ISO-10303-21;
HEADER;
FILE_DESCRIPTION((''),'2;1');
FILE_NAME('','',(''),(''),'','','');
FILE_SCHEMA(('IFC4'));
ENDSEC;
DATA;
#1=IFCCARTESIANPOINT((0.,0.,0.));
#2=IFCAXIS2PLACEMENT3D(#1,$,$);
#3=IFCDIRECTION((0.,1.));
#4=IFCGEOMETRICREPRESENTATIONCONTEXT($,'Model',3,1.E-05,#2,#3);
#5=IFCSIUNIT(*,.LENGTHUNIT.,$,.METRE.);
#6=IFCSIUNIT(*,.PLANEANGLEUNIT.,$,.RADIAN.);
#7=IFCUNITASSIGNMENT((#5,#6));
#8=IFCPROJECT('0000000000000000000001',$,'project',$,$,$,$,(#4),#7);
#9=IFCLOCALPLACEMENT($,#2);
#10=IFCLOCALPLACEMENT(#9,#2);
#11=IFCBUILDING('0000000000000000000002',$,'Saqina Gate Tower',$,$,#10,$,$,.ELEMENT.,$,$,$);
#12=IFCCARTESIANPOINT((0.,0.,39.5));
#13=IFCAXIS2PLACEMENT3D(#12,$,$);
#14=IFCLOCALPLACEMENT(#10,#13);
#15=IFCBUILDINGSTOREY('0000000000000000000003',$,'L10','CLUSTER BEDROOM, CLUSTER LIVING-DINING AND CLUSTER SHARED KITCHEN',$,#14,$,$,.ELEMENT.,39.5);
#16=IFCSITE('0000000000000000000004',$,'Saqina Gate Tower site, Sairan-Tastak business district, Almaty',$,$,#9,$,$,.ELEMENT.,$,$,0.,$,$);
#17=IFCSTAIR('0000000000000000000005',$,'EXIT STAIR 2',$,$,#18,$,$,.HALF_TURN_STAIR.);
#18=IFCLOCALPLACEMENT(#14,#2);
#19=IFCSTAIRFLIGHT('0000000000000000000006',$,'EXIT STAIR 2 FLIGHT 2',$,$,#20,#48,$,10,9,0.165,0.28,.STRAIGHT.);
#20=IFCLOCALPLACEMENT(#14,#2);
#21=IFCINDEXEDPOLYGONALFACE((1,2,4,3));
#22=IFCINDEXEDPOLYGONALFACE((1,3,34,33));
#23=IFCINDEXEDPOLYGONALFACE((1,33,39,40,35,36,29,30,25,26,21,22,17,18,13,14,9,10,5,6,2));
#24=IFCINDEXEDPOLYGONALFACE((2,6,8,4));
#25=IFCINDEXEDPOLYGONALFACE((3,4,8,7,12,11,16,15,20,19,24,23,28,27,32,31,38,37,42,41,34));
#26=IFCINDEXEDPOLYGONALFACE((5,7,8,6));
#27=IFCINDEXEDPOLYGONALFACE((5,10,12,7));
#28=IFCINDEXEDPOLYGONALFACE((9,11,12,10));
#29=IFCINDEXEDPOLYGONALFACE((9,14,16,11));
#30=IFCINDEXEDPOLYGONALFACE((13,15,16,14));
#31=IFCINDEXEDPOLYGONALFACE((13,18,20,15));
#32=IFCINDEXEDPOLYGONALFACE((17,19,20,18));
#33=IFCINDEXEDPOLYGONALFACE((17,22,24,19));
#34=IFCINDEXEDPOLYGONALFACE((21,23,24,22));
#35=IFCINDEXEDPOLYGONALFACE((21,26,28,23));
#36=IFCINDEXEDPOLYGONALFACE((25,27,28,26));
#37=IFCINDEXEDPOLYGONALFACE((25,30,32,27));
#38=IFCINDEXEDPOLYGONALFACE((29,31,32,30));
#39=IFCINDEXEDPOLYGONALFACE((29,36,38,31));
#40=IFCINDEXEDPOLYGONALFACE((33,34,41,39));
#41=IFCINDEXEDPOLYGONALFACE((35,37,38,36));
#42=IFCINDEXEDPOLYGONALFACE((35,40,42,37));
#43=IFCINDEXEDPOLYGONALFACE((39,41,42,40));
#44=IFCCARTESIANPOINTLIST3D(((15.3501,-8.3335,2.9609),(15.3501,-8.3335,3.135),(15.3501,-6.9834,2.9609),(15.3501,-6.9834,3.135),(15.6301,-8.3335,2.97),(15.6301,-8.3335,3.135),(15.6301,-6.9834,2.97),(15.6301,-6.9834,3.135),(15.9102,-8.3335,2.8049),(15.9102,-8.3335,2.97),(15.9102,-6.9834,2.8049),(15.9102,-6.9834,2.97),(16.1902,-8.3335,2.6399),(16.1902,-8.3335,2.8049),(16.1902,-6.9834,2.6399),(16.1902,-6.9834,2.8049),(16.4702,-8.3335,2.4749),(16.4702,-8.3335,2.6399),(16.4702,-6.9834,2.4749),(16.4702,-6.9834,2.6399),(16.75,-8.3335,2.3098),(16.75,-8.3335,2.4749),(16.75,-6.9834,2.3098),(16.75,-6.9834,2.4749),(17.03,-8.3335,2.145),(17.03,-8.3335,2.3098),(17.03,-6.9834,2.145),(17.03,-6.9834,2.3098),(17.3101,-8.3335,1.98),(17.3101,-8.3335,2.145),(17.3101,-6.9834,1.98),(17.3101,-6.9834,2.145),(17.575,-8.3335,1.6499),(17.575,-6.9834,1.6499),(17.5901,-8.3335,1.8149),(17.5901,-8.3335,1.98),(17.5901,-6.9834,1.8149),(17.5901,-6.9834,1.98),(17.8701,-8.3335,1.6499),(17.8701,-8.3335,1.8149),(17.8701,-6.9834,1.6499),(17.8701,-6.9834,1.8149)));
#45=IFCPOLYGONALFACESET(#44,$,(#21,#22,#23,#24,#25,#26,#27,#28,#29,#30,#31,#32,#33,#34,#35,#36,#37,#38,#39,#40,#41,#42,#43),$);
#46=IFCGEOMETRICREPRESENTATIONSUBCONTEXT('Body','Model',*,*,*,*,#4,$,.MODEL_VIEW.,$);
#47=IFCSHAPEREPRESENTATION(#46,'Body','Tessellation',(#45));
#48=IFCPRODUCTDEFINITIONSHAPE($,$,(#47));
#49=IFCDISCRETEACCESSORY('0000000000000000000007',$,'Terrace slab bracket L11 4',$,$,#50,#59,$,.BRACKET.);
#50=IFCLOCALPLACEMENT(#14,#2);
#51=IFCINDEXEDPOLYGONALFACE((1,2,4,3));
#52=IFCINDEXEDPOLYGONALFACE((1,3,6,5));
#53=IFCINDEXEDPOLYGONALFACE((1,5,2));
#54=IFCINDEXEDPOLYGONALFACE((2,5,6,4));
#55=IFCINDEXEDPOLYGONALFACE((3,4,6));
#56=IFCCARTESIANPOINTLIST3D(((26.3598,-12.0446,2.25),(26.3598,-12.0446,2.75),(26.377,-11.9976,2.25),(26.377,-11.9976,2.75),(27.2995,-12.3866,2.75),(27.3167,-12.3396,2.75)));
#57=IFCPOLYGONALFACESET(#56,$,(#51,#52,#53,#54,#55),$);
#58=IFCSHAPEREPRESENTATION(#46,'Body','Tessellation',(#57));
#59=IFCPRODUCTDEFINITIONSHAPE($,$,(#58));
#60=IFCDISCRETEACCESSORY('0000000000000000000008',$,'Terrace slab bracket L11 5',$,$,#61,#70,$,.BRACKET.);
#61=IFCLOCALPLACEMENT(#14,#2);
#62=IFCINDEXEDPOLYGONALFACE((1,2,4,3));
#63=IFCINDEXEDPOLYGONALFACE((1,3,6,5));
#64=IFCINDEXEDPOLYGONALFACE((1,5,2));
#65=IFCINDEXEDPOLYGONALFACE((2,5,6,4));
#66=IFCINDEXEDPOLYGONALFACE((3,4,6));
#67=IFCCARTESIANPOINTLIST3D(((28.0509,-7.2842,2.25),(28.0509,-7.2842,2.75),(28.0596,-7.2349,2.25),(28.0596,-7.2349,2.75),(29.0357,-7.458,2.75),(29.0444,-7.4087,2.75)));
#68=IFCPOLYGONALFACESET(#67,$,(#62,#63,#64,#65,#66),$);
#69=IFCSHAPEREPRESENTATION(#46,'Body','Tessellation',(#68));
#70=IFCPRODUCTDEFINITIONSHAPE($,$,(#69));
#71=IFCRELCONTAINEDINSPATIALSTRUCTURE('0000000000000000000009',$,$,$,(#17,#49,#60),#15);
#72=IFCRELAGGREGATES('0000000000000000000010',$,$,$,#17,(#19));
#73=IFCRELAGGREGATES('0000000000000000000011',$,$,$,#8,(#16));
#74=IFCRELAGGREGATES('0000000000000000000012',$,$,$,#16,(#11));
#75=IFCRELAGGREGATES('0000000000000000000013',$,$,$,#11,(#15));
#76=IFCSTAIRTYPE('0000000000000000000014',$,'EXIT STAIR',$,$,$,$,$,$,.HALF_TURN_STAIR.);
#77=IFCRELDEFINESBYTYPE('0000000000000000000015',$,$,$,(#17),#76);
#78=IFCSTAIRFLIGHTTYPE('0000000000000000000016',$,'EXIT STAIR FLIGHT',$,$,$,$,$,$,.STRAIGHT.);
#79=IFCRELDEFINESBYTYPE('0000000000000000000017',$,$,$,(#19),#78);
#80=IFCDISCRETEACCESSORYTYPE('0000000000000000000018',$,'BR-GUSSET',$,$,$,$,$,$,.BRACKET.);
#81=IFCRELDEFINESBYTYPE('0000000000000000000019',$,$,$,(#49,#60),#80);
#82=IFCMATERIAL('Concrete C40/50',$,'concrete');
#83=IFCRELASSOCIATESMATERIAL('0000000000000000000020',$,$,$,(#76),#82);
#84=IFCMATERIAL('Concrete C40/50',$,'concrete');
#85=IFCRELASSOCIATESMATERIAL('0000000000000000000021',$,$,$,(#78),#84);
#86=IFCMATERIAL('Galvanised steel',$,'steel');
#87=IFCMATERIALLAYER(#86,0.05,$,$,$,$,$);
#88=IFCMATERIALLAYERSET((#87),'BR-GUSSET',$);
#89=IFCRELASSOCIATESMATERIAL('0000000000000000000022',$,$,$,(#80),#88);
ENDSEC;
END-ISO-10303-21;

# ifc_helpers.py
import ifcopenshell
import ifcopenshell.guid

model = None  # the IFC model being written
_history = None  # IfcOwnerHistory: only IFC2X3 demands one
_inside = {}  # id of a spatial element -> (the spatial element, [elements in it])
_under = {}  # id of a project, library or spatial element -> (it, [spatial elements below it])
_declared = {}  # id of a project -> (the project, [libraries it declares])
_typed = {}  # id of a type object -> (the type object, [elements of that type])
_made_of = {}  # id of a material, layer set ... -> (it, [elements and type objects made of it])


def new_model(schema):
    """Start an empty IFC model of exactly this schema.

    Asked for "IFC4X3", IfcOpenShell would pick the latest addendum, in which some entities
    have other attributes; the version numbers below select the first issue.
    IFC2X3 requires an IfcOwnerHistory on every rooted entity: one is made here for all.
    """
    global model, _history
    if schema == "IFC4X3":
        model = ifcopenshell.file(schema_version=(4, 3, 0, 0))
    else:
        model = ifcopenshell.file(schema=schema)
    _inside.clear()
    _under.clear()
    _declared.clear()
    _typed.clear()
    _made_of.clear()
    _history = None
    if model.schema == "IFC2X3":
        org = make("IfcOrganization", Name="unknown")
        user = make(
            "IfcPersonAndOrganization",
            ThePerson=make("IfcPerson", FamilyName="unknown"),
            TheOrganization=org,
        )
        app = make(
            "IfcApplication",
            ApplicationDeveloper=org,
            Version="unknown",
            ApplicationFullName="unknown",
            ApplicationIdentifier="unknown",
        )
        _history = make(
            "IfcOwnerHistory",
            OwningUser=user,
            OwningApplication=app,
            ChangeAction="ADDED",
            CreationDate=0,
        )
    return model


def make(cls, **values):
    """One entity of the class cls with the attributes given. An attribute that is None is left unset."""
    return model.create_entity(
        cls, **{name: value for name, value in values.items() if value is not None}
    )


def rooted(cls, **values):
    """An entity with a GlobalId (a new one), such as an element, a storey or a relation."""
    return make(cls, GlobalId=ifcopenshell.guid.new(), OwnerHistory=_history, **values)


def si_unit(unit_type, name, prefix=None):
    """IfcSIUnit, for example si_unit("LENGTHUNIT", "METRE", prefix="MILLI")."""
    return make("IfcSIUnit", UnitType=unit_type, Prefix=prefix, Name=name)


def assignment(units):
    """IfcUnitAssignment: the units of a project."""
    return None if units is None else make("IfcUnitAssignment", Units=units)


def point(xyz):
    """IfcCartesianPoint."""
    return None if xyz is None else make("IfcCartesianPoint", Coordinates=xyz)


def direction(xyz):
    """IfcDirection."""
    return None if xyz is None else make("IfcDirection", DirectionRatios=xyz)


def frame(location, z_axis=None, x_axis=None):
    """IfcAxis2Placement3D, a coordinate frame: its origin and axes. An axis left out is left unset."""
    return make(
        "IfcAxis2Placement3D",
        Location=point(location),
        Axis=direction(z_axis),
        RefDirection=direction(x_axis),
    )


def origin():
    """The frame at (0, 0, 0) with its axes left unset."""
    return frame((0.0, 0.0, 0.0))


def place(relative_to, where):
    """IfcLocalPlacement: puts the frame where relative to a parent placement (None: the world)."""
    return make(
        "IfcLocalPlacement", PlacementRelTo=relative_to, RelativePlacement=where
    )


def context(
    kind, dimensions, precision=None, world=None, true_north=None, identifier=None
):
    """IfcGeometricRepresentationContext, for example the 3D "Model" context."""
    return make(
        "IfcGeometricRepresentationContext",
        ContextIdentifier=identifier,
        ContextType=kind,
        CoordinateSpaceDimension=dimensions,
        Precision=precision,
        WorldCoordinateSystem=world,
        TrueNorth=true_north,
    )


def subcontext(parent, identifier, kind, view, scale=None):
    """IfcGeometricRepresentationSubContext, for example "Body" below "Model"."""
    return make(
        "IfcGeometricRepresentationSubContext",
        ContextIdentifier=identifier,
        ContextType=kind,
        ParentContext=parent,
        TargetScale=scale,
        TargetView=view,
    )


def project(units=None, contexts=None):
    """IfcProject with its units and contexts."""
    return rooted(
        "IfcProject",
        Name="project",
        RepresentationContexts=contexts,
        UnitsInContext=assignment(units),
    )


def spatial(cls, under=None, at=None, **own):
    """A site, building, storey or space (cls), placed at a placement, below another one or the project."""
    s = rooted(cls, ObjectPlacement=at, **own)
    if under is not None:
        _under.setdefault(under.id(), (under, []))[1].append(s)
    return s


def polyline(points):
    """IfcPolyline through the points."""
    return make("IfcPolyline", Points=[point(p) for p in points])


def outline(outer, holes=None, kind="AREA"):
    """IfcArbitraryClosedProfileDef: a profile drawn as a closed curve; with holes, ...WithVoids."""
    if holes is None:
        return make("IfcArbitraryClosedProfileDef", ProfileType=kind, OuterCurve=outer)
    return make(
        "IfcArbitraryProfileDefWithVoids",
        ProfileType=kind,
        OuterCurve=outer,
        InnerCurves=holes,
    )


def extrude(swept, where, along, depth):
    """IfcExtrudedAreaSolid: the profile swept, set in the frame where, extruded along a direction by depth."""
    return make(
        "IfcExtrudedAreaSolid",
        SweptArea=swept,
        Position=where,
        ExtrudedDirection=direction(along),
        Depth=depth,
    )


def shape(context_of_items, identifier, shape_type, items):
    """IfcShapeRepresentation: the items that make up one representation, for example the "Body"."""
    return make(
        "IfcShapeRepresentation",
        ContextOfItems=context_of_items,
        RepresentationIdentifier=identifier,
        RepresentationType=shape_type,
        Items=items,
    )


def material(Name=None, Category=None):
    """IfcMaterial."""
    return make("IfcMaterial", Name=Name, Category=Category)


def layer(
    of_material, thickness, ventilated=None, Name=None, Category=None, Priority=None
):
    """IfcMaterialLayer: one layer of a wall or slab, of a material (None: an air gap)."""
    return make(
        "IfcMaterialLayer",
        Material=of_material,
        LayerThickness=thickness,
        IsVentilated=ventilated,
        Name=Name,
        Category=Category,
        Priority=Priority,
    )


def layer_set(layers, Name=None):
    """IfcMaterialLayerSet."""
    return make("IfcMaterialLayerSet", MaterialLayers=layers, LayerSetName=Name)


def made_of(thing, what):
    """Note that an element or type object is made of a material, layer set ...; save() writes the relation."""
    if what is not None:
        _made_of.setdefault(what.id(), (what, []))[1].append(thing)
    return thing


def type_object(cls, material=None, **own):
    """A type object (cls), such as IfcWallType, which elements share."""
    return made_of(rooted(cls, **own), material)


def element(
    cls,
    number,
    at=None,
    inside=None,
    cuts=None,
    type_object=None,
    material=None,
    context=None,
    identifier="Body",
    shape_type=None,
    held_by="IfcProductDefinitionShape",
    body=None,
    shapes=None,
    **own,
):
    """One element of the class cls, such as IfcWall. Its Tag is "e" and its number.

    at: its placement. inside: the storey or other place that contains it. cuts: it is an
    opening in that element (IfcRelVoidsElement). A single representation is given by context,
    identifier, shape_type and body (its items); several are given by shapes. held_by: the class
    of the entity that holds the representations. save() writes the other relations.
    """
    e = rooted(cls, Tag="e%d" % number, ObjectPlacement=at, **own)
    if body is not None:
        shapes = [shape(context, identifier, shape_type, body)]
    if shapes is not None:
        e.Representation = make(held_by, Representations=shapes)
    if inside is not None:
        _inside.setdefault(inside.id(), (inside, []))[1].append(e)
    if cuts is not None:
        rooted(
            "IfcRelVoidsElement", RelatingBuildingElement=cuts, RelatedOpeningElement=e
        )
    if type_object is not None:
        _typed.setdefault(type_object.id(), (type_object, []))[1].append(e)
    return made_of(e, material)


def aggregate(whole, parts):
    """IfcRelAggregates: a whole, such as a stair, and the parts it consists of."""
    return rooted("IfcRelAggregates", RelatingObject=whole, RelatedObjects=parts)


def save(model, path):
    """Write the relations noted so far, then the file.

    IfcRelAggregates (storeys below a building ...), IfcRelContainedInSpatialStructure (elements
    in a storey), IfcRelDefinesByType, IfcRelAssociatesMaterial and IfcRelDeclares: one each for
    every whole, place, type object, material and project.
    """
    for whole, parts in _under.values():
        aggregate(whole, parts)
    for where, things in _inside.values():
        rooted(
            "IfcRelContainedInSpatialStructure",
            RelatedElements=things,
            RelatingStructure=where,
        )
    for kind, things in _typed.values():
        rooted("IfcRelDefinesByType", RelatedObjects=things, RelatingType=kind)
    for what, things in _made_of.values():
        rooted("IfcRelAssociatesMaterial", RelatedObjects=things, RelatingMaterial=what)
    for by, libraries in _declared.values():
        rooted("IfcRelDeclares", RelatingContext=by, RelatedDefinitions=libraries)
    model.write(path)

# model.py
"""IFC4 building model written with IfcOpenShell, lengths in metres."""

from ifc_helpers import new_model, si_unit, direction, frame, origin, place, context, subcontext, project, spatial, polyline, outline, extrude, material, layer, layer_set, type_object, element, aggregate, save


model = new_model("IFC4")

# Units and contexts
model_context = context("Model", 3, precision=1e-05, world=origin(), true_north=direction((0.0, 1.0)))
body_context = subcontext(model_context, "Body", "Model", "MODEL_VIEW")
ifc_project = project(units=[si_unit("LENGTHUNIT", "METRE"), si_unit("PLANEANGLEUNIT", "RADIAN")], contexts=[model_context])

# Site, building, storey
site_placement = place(None, origin())
site = spatial("IfcSite", under=ifc_project, at=site_placement, Name="Saqina Gate Tower site, Sairan-Tastak business district, Almaty", CompositionType="ELEMENT", RefElevation=0.0)
building_placement = place(site_placement, origin())
building = spatial("IfcBuilding", under=site, at=building_placement, Name="Saqina Gate Tower", CompositionType="ELEMENT")
storey_placement = place(building_placement, frame((0.0, 0.0, 39.5)))
storey = spatial("IfcBuildingStorey", under=building, at=storey_placement, Name="L10", Description="CLUSTER BEDROOM, CLUSTER LIVING-DINING AND CLUSTER SHARED KITCHEN", CompositionType="ELEMENT", Elevation=39.5)

# Stair, stair flight
ifc_material_1 = material(Name="Concrete C40/50", Category="concrete")
stair_type = type_object("IfcStairType", Name="EXIT STAIR", PredefinedType="HALF_TURN_STAIR", material=ifc_material_1)
stair_placement = place(storey_placement, origin())
stair = element("IfcStair", 1, at=stair_placement, inside=storey, type_object=stair_type, Name="EXIT STAIR 2", PredefinedType="HALF_TURN_STAIR")
ifc_material_2 = material(Name="Concrete C40/50", Category="concrete")
stair_flight_type = type_object("IfcStairFlightType", Name="EXIT STAIR FLIGHT", PredefinedType="STRAIGHT", material=ifc_material_2)
stair_flight_placement = place(storey_placement, frame((17.8701, -7.6584, 1.6499), z_axis=(0.0, 0.0, 1.0), x_axis=(-1.0, 0.0, 0.0)))
stair_flight = element("IfcStairFlight", 2, at=stair_flight_placement, type_object=stair_flight_type, Name="EXIT STAIR 2 FLIGHT 2", NumberOfRisers=10, NumberOfTreads=9, PredefinedType="STRAIGHT", RiserHeight=0.165, TreadLength=0.28, context=body_context, shape_type="SweptSolid", body=[
    extrude(outline(polyline([(0.0, 0.0), (0.0, 0.165), (0.28, 0.165), (0.28, 0.3301), (0.5601, 0.3301), (0.5601, 0.4951), (0.8401, 0.4951), (0.8401, 0.6599), (1.1201, 0.6599), (1.1201, 0.825), (1.3999, 0.825), (1.3999, 0.99), (1.6799, 0.99), (1.6799, 1.155), (1.96, 1.155), (1.96, 1.3201), (2.24, 1.3201), (2.24, 1.4851), (2.52, 1.4851), (2.52, 1.6499), (2.52, 1.311), (0.2952, 0.0), (0.0, 0.0)])), frame((0.0, 0.675, 0.0), z_axis=(0.0, -1.0, 0.0), x_axis=(1.0, 0.0, 0.0)), (0.0, 0.0, 1.0), 1.3501),
])
aggregate(stair, [stair_flight])

# Discrete accessories
ifc_material_3 = material(Name="Galvanised steel", Category="steel")
ifc_layer_1 = layer(ifc_material_3, 0.05)
ifc_layer_set_1 = layer_set([ifc_layer_1], Name="BR-GUSSET")
discrete_accessory_type = type_object("IfcDiscreteAccessoryType", Name="BR-GUSSET", PredefinedType="BRACKET", material=ifc_layer_set_1)
discrete_accessory_1_placement = place(storey_placement, frame((26.377, -11.9976, 2.25), z_axis=(0.342037, 0.939686, 0.0), x_axis=(0.0, 0.0, 1.0)))
element("IfcDiscreteAccessory", 3, at=discrete_accessory_1_placement, inside=storey, type_object=discrete_accessory_type, Name="Terrace slab bracket L11 4", PredefinedType="BRACKET", context=body_context, shape_type="SweptSolid", body=[
    extrude(outline(polyline([(0.0, 0.0), (0.5, 0.0), (0.5, 1.0), (0.0, 0.0)])), origin(), (0.0, 0.0, -1.0), 0.05),
])
discrete_accessory_2_placement = place(storey_placement, frame((28.0596, -7.2349, 2.25), z_axis=(0.173813, 0.984779, 0.0), x_axis=(0.0, 0.0, 1.0)))
element("IfcDiscreteAccessory", 4, at=discrete_accessory_2_placement, inside=storey, type_object=discrete_accessory_type, Name="Terrace slab bracket L11 5", PredefinedType="BRACKET", context=body_context, shape_type="SweptSolid", body=[
    extrude(outline(polyline([(0.0, 0.0), (0.5, 0.0), (0.5, 1.0001), (0.0, 0.0)])), origin(), (0.0, 0.0, -1.0), 0.05),
])

save(model, "model.ifc")
